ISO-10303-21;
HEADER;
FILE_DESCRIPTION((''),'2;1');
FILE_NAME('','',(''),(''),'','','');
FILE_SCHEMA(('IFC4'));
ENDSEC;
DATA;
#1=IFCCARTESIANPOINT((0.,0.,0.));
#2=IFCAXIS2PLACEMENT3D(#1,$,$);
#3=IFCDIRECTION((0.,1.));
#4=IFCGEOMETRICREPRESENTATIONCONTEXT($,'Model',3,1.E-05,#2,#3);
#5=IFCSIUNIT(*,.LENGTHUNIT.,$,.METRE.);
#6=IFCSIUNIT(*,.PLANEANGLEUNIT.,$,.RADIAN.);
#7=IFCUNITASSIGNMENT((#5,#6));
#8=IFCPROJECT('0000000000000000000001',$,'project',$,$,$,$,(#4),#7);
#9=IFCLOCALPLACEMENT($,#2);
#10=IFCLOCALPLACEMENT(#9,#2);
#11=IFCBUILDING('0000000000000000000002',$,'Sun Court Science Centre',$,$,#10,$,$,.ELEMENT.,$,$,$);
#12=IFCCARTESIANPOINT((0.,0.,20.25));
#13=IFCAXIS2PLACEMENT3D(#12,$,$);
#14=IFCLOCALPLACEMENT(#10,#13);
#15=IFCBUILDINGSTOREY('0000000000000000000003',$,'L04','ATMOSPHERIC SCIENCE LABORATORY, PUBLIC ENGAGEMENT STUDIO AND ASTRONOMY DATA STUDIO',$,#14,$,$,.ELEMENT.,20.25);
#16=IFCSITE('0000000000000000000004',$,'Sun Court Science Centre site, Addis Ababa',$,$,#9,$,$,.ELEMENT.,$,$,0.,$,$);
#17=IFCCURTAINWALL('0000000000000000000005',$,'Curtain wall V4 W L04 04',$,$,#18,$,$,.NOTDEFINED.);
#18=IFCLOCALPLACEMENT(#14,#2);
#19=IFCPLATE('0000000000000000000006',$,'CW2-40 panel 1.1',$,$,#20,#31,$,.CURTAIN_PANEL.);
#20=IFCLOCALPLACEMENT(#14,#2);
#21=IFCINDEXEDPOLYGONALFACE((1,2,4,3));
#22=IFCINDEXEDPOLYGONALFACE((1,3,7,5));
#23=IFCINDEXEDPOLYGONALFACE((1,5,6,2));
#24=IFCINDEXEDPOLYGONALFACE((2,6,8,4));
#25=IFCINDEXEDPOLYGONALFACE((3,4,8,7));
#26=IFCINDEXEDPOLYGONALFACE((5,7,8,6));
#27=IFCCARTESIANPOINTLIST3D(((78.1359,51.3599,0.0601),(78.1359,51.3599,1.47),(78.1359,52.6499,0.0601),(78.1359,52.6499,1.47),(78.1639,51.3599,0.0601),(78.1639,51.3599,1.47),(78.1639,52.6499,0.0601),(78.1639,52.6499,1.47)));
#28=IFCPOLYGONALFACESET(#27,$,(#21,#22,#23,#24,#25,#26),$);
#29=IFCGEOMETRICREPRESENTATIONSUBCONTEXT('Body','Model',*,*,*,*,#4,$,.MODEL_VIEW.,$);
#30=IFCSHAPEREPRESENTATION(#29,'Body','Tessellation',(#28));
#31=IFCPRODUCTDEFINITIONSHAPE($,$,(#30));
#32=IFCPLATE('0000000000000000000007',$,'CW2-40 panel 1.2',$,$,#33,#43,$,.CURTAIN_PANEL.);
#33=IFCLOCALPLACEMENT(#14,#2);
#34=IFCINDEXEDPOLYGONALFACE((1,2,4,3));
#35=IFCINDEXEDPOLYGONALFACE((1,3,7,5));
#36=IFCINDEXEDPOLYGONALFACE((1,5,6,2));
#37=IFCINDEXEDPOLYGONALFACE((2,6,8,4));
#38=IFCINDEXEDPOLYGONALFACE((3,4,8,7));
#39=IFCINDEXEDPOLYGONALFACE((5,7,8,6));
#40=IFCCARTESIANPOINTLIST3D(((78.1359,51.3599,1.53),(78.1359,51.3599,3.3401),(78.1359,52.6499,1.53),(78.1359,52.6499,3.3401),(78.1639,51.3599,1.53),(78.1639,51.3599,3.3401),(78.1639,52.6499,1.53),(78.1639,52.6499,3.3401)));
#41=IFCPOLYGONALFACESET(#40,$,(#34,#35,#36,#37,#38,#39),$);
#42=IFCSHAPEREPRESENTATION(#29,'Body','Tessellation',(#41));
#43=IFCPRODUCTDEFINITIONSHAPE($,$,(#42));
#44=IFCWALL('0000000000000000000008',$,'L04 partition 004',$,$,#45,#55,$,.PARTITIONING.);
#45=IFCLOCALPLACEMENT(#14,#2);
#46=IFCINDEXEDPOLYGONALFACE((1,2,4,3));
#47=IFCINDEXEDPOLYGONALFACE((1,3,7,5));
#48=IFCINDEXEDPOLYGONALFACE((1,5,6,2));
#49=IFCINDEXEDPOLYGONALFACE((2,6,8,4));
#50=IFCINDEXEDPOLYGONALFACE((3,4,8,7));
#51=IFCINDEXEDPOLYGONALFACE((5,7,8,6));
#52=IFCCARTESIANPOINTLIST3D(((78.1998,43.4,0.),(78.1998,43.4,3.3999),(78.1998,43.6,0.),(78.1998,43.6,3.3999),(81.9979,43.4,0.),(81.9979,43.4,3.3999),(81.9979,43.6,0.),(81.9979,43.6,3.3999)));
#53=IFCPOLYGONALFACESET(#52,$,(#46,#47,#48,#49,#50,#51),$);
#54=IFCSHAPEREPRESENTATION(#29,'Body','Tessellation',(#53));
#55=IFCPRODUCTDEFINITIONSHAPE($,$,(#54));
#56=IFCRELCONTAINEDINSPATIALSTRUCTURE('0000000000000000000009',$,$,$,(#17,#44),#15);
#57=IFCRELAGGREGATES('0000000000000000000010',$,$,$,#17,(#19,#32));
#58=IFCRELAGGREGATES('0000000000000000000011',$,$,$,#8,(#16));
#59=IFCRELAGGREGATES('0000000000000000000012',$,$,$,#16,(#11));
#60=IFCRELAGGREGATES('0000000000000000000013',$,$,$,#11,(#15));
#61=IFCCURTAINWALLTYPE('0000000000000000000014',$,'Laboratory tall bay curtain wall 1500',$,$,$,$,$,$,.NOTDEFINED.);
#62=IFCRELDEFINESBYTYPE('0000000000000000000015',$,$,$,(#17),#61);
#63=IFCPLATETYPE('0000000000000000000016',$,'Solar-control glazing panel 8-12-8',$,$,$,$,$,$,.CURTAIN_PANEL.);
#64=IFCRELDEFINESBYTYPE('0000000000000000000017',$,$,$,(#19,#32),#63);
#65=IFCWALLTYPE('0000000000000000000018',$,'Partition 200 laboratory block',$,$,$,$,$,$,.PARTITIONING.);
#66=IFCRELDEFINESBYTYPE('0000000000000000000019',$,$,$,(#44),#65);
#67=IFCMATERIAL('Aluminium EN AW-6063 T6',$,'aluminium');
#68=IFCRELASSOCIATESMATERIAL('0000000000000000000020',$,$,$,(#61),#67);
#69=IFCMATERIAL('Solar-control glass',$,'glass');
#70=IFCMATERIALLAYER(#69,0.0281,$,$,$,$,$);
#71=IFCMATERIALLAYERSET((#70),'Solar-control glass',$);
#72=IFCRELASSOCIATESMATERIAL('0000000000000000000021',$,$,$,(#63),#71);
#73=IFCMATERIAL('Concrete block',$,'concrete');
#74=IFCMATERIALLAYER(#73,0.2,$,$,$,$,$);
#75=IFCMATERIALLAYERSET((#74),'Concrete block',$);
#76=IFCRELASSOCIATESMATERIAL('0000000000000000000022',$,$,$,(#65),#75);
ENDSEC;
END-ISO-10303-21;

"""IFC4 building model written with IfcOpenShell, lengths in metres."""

from ifc_helpers import new_model, si_unit, direction, frame, frame_2d, origin, origin_2d, place, context, subcontext, project, spatial, rectangle, extrude, material, layer, layer_set, type_object, element, aggregate, save


model = new_model("IFC4")

# Units and contexts
model_context = context("Model", 3, precision=1e-05, world=origin(), true_north=direction((0.0, 1.0)))
body_context = subcontext(model_context, "Body", "Model", "MODEL_VIEW")
ifc_project = project(units=[si_unit("LENGTHUNIT", "METRE"), si_unit("PLANEANGLEUNIT", "RADIAN")], contexts=[model_context])

# Site, building, storey
site_placement = place(None, origin())
site = spatial("IfcSite", under=ifc_project, at=site_placement, Name="Sun Court Science Centre site, Addis Ababa", CompositionType="ELEMENT", RefElevation=0.0)
building_placement = place(site_placement, origin())
building = spatial("IfcBuilding", under=site, at=building_placement, Name="Sun Court Science Centre", CompositionType="ELEMENT")
storey_placement = place(building_placement, frame((0.0, 0.0, 20.25)))
storey = spatial("IfcBuildingStorey", under=building, at=storey_placement, Name="L04", Description="ATMOSPHERIC SCIENCE LABORATORY, PUBLIC ENGAGEMENT STUDIO AND ASTRONOMY DATA STUDIO", CompositionType="ELEMENT", Elevation=20.25)

# Shared definitions
ifc_material_1 = material(Name="Aluminium EN AW-6063 T6", Category="aluminium")
curtain_wall_type = type_object("IfcCurtainWallType", Name="Laboratory tall bay curtain wall 1500", PredefinedType="NOTDEFINED", material=ifc_material_1)

# Curtain wall
curtain_wall_1_placement = place(storey_placement, origin())
curtain_wall_1 = element("IfcCurtainWall", 1, at=curtain_wall_1_placement, inside=storey, type_object=curtain_wall_type, Name="Curtain wall V4 W L04 04", PredefinedType="NOTDEFINED")

# Plates
ifc_material_2 = material(Name="Solar-control glass", Category="glass")
ifc_layer_1 = layer(ifc_material_2, 0.0281)
ifc_layer_set_1 = layer_set([ifc_layer_1], Name="Solar-control glass")
plate_type = type_object("IfcPlateType", Name="Solar-control glazing panel 8-12-8", PredefinedType="CURTAIN_PANEL", material=ifc_layer_set_1)
plate_1_placement = place(storey_placement, frame((78.1499, 52.0049, 0.0601), z_axis=(0.0, 0.0, 1.0), x_axis=(0.0, 1.0, 0.0)))
plate_1 = element("IfcPlate", 2, at=plate_1_placement, type_object=plate_type, Name="CW2-40 panel 1.1", PredefinedType="CURTAIN_PANEL", context=body_context, shape_type="SweptSolid", body=[
    extrude(rectangle(XDim=1.29, YDim=0.0281, at=origin_2d()), origin(), (0.0, 0.0, 1.0), 1.4099),
])
plate_2_placement = place(storey_placement, frame((78.1499, 52.0049, 1.53), z_axis=(0.0, 0.0, 1.0), x_axis=(0.0, 1.0, 0.0)))
plate_2 = element("IfcPlate", 3, at=plate_2_placement, type_object=plate_type, Name="CW2-40 panel 1.2", PredefinedType="CURTAIN_PANEL", context=body_context, shape_type="SweptSolid", body=[
    extrude(rectangle(XDim=1.29, YDim=0.0281, at=origin_2d()), origin(), (0.0, 0.0, 1.0), 1.8101),
])
aggregate(curtain_wall_1, [plate_1, plate_2])

# Wall
ifc_material_3 = material(Name="Concrete block", Category="concrete")
ifc_layer_2 = layer(ifc_material_3, 0.2)
ifc_layer_set_2 = layer_set([ifc_layer_2], Name="Concrete block")
wall_type = type_object("IfcWallType", Name="Partition 200 laboratory block", PredefinedType="PARTITIONING", material=ifc_layer_set_2)
wall_placement = place(storey_placement, frame((78.2, 43.5, 0.0), z_axis=(0.0, 0.0, 1.0), x_axis=(1.0, 0.0, 0.0)))
element("IfcWall", 4, at=wall_placement, inside=storey, type_object=wall_type, Name="L04 partition 004", PredefinedType="PARTITIONING", context=body_context, shape_type="SweptSolid", body=[
    extrude(rectangle(XDim=3.7981, YDim=0.2, at=frame_2d((1.8989, 0.0))), origin(), (0.0, 0.0, 1.0), 3.3999),
])

save(model, "model.ifc")
